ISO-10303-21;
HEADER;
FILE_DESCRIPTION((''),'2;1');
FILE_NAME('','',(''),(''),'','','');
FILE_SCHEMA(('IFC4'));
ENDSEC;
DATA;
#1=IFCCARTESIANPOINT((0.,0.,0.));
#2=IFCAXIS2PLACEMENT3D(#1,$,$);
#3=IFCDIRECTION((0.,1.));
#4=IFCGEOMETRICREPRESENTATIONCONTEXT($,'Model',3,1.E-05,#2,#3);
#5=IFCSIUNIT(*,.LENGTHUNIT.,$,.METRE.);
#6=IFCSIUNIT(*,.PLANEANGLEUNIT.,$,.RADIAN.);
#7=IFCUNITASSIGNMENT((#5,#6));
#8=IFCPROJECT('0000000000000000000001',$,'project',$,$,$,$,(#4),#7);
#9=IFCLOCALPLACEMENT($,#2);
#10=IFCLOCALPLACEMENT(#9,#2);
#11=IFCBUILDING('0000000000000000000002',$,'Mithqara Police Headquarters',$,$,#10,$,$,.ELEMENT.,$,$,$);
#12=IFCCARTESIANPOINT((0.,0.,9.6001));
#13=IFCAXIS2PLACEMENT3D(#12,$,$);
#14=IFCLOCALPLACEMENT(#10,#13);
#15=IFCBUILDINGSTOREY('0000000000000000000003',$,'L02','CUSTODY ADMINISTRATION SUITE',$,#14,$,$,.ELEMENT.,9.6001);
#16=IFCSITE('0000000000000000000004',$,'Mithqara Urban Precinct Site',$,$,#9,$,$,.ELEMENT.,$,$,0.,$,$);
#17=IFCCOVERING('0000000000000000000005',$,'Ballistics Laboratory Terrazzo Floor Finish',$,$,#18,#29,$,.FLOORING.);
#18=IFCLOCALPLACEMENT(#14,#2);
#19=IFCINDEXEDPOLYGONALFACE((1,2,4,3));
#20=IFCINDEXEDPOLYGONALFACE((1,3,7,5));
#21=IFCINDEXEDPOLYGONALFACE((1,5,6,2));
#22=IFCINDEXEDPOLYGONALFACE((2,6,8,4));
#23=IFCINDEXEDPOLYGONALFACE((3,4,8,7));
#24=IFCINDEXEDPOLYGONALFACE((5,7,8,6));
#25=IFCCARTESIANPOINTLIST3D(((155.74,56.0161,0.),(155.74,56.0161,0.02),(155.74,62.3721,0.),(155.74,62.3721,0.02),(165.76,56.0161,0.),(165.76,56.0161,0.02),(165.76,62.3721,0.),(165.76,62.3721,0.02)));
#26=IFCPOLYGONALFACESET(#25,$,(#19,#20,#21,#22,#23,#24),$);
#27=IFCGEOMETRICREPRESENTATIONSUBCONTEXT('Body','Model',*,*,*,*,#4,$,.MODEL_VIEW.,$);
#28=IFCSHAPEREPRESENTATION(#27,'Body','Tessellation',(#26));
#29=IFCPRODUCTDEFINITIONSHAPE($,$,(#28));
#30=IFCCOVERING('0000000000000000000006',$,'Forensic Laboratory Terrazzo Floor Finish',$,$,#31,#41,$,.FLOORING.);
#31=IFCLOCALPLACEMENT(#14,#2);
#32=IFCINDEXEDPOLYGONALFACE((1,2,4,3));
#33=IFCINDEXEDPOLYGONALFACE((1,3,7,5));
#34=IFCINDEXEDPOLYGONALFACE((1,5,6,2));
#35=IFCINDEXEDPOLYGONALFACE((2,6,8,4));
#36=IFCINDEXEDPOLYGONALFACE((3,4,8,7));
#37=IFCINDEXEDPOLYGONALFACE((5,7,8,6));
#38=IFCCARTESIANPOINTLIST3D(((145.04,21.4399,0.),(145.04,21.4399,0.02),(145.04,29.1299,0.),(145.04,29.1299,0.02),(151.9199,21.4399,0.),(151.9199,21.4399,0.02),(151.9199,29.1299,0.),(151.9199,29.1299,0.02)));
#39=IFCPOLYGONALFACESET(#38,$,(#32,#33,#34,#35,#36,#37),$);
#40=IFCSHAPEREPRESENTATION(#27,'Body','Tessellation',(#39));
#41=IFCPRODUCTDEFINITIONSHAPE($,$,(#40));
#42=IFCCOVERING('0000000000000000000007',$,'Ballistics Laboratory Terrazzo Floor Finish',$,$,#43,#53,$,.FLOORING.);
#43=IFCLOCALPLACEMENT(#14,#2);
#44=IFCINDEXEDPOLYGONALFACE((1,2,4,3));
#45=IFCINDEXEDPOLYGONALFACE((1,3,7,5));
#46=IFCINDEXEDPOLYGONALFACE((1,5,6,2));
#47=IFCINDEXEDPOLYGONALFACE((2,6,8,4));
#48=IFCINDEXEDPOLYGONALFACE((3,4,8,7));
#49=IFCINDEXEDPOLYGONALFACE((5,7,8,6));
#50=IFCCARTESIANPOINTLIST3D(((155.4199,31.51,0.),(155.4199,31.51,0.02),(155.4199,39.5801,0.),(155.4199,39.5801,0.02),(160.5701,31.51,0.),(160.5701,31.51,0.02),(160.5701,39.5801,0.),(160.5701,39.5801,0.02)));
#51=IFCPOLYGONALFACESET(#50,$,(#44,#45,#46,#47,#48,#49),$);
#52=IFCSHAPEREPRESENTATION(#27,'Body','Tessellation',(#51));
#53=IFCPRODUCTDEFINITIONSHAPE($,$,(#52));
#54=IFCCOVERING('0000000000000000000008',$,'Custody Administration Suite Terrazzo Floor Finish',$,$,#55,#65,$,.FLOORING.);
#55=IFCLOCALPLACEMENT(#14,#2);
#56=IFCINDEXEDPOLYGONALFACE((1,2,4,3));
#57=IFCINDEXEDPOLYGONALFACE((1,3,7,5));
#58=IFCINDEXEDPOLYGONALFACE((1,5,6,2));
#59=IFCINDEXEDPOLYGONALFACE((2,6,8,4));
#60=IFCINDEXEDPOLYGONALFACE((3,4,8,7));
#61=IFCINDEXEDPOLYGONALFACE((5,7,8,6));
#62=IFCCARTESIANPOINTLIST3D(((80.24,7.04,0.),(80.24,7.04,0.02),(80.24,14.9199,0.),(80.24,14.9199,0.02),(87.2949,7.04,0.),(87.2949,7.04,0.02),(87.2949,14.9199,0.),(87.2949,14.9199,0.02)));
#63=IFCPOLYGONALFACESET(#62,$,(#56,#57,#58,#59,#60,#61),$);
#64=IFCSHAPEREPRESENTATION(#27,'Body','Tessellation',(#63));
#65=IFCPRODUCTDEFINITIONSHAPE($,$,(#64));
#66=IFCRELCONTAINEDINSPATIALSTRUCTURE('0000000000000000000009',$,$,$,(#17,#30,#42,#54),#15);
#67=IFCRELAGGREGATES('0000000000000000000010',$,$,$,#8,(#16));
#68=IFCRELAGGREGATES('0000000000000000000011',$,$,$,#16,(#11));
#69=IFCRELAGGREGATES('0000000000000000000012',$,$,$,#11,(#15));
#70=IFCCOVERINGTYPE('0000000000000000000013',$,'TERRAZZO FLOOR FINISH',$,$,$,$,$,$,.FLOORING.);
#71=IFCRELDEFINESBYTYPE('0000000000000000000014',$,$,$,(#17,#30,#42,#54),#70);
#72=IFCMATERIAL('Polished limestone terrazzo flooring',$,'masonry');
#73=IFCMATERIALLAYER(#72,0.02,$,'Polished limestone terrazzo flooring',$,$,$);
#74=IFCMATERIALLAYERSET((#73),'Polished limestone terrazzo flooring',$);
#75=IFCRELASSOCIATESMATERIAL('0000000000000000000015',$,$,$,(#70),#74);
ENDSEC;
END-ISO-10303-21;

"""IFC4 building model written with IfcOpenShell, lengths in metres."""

from ifc_helpers import new_model, si_unit, direction, frame, origin, place, context, subcontext, project, spatial, polyline, outline, extrude, material, layer, layer_set, type_object, element, save


model = new_model("IFC4")

# Units and contexts
model_context = context("Model", 3, precision=1e-05, world=origin(), true_north=direction((0.0, 1.0)))
body_context = subcontext(model_context, "Body", "Model", "MODEL_VIEW")
ifc_project = project(units=[si_unit("LENGTHUNIT", "METRE"), si_unit("PLANEANGLEUNIT", "RADIAN")], contexts=[model_context])

# Site, building, storey
site_placement = place(None, origin())
site = spatial("IfcSite", under=ifc_project, at=site_placement, Name="Mithqara Urban Precinct Site", CompositionType="ELEMENT", RefElevation=0.0)
building_placement = place(site_placement, origin())
building = spatial("IfcBuilding", under=site, at=building_placement, Name="Mithqara Police Headquarters", CompositionType="ELEMENT")
storey_placement = place(building_placement, frame((0.0, 0.0, 9.6001)))
storey = spatial("IfcBuildingStorey", under=building, at=storey_placement, Name="L02", Description="CUSTODY ADMINISTRATION SUITE", CompositionType="ELEMENT", Elevation=9.6001)

# Coverings
ifc_material_1 = material(Name="Polished limestone terrazzo flooring", Category="masonry")
ifc_layer_1 = layer(ifc_material_1, 0.02, Name="Polished limestone terrazzo flooring")
ifc_layer_set_1 = layer_set([ifc_layer_1], Name="Polished limestone terrazzo flooring")
covering_type_1 = type_object("IfcCoveringType", Name="TERRAZZO FLOOR FINISH", PredefinedType="FLOORING", material=ifc_layer_set_1)
covering_1_placement = place(storey_placement, origin())
element("IfcCovering", 1, at=covering_1_placement, inside=storey, type_object=covering_type_1, Name="Ballistics Laboratory Terrazzo Floor Finish", PredefinedType="FLOORING", context=body_context, shape_type="SweptSolid", body=[
    extrude(outline(polyline([(155.74, 56.0161), (165.76, 56.0161), (165.76, 62.3721), (155.74, 62.3721), (155.74, 56.0161)])), origin(), (0.0, 0.0, 1.0), 0.02),
])
covering_2_placement = place(storey_placement, origin())
element("IfcCovering", 2, at=covering_2_placement, inside=storey, type_object=covering_type_1, Name="Forensic Laboratory Terrazzo Floor Finish", PredefinedType="FLOORING", context=body_context, shape_type="SweptSolid", body=[
    extrude(outline(polyline([(145.04, 21.4399), (151.9199, 21.4399), (151.9199, 29.1299), (145.04, 29.1299), (145.04, 21.4399)])), origin(), (0.0, 0.0, 1.0), 0.02),
])
covering_3_placement = place(storey_placement, origin())
element("IfcCovering", 3, at=covering_3_placement, inside=storey, type_object=covering_type_1, Name="Ballistics Laboratory Terrazzo Floor Finish", PredefinedType="FLOORING", context=body_context, shape_type="SweptSolid", body=[
    extrude(outline(polyline([(155.4199, 31.51), (160.5701, 31.51), (160.5701, 39.5801), (155.4199, 39.5801), (155.4199, 31.51)])), origin(), (0.0, 0.0, 1.0), 0.02),
])
covering_4_placement = place(storey_placement, origin())
element("IfcCovering", 4, at=covering_4_placement, inside=storey, type_object=covering_type_1, Name="Custody Administration Suite Terrazzo Floor Finish", PredefinedType="FLOORING", context=body_context, shape_type="SweptSolid", body=[
    extrude(outline(polyline([(80.24, 7.04), (87.2949, 7.04), (87.2949, 14.9199), (80.24, 14.9199), (80.24, 7.04)])), origin(), (0.0, 0.0, 1.0), 0.02),
])

save(model, "model.ifc")
